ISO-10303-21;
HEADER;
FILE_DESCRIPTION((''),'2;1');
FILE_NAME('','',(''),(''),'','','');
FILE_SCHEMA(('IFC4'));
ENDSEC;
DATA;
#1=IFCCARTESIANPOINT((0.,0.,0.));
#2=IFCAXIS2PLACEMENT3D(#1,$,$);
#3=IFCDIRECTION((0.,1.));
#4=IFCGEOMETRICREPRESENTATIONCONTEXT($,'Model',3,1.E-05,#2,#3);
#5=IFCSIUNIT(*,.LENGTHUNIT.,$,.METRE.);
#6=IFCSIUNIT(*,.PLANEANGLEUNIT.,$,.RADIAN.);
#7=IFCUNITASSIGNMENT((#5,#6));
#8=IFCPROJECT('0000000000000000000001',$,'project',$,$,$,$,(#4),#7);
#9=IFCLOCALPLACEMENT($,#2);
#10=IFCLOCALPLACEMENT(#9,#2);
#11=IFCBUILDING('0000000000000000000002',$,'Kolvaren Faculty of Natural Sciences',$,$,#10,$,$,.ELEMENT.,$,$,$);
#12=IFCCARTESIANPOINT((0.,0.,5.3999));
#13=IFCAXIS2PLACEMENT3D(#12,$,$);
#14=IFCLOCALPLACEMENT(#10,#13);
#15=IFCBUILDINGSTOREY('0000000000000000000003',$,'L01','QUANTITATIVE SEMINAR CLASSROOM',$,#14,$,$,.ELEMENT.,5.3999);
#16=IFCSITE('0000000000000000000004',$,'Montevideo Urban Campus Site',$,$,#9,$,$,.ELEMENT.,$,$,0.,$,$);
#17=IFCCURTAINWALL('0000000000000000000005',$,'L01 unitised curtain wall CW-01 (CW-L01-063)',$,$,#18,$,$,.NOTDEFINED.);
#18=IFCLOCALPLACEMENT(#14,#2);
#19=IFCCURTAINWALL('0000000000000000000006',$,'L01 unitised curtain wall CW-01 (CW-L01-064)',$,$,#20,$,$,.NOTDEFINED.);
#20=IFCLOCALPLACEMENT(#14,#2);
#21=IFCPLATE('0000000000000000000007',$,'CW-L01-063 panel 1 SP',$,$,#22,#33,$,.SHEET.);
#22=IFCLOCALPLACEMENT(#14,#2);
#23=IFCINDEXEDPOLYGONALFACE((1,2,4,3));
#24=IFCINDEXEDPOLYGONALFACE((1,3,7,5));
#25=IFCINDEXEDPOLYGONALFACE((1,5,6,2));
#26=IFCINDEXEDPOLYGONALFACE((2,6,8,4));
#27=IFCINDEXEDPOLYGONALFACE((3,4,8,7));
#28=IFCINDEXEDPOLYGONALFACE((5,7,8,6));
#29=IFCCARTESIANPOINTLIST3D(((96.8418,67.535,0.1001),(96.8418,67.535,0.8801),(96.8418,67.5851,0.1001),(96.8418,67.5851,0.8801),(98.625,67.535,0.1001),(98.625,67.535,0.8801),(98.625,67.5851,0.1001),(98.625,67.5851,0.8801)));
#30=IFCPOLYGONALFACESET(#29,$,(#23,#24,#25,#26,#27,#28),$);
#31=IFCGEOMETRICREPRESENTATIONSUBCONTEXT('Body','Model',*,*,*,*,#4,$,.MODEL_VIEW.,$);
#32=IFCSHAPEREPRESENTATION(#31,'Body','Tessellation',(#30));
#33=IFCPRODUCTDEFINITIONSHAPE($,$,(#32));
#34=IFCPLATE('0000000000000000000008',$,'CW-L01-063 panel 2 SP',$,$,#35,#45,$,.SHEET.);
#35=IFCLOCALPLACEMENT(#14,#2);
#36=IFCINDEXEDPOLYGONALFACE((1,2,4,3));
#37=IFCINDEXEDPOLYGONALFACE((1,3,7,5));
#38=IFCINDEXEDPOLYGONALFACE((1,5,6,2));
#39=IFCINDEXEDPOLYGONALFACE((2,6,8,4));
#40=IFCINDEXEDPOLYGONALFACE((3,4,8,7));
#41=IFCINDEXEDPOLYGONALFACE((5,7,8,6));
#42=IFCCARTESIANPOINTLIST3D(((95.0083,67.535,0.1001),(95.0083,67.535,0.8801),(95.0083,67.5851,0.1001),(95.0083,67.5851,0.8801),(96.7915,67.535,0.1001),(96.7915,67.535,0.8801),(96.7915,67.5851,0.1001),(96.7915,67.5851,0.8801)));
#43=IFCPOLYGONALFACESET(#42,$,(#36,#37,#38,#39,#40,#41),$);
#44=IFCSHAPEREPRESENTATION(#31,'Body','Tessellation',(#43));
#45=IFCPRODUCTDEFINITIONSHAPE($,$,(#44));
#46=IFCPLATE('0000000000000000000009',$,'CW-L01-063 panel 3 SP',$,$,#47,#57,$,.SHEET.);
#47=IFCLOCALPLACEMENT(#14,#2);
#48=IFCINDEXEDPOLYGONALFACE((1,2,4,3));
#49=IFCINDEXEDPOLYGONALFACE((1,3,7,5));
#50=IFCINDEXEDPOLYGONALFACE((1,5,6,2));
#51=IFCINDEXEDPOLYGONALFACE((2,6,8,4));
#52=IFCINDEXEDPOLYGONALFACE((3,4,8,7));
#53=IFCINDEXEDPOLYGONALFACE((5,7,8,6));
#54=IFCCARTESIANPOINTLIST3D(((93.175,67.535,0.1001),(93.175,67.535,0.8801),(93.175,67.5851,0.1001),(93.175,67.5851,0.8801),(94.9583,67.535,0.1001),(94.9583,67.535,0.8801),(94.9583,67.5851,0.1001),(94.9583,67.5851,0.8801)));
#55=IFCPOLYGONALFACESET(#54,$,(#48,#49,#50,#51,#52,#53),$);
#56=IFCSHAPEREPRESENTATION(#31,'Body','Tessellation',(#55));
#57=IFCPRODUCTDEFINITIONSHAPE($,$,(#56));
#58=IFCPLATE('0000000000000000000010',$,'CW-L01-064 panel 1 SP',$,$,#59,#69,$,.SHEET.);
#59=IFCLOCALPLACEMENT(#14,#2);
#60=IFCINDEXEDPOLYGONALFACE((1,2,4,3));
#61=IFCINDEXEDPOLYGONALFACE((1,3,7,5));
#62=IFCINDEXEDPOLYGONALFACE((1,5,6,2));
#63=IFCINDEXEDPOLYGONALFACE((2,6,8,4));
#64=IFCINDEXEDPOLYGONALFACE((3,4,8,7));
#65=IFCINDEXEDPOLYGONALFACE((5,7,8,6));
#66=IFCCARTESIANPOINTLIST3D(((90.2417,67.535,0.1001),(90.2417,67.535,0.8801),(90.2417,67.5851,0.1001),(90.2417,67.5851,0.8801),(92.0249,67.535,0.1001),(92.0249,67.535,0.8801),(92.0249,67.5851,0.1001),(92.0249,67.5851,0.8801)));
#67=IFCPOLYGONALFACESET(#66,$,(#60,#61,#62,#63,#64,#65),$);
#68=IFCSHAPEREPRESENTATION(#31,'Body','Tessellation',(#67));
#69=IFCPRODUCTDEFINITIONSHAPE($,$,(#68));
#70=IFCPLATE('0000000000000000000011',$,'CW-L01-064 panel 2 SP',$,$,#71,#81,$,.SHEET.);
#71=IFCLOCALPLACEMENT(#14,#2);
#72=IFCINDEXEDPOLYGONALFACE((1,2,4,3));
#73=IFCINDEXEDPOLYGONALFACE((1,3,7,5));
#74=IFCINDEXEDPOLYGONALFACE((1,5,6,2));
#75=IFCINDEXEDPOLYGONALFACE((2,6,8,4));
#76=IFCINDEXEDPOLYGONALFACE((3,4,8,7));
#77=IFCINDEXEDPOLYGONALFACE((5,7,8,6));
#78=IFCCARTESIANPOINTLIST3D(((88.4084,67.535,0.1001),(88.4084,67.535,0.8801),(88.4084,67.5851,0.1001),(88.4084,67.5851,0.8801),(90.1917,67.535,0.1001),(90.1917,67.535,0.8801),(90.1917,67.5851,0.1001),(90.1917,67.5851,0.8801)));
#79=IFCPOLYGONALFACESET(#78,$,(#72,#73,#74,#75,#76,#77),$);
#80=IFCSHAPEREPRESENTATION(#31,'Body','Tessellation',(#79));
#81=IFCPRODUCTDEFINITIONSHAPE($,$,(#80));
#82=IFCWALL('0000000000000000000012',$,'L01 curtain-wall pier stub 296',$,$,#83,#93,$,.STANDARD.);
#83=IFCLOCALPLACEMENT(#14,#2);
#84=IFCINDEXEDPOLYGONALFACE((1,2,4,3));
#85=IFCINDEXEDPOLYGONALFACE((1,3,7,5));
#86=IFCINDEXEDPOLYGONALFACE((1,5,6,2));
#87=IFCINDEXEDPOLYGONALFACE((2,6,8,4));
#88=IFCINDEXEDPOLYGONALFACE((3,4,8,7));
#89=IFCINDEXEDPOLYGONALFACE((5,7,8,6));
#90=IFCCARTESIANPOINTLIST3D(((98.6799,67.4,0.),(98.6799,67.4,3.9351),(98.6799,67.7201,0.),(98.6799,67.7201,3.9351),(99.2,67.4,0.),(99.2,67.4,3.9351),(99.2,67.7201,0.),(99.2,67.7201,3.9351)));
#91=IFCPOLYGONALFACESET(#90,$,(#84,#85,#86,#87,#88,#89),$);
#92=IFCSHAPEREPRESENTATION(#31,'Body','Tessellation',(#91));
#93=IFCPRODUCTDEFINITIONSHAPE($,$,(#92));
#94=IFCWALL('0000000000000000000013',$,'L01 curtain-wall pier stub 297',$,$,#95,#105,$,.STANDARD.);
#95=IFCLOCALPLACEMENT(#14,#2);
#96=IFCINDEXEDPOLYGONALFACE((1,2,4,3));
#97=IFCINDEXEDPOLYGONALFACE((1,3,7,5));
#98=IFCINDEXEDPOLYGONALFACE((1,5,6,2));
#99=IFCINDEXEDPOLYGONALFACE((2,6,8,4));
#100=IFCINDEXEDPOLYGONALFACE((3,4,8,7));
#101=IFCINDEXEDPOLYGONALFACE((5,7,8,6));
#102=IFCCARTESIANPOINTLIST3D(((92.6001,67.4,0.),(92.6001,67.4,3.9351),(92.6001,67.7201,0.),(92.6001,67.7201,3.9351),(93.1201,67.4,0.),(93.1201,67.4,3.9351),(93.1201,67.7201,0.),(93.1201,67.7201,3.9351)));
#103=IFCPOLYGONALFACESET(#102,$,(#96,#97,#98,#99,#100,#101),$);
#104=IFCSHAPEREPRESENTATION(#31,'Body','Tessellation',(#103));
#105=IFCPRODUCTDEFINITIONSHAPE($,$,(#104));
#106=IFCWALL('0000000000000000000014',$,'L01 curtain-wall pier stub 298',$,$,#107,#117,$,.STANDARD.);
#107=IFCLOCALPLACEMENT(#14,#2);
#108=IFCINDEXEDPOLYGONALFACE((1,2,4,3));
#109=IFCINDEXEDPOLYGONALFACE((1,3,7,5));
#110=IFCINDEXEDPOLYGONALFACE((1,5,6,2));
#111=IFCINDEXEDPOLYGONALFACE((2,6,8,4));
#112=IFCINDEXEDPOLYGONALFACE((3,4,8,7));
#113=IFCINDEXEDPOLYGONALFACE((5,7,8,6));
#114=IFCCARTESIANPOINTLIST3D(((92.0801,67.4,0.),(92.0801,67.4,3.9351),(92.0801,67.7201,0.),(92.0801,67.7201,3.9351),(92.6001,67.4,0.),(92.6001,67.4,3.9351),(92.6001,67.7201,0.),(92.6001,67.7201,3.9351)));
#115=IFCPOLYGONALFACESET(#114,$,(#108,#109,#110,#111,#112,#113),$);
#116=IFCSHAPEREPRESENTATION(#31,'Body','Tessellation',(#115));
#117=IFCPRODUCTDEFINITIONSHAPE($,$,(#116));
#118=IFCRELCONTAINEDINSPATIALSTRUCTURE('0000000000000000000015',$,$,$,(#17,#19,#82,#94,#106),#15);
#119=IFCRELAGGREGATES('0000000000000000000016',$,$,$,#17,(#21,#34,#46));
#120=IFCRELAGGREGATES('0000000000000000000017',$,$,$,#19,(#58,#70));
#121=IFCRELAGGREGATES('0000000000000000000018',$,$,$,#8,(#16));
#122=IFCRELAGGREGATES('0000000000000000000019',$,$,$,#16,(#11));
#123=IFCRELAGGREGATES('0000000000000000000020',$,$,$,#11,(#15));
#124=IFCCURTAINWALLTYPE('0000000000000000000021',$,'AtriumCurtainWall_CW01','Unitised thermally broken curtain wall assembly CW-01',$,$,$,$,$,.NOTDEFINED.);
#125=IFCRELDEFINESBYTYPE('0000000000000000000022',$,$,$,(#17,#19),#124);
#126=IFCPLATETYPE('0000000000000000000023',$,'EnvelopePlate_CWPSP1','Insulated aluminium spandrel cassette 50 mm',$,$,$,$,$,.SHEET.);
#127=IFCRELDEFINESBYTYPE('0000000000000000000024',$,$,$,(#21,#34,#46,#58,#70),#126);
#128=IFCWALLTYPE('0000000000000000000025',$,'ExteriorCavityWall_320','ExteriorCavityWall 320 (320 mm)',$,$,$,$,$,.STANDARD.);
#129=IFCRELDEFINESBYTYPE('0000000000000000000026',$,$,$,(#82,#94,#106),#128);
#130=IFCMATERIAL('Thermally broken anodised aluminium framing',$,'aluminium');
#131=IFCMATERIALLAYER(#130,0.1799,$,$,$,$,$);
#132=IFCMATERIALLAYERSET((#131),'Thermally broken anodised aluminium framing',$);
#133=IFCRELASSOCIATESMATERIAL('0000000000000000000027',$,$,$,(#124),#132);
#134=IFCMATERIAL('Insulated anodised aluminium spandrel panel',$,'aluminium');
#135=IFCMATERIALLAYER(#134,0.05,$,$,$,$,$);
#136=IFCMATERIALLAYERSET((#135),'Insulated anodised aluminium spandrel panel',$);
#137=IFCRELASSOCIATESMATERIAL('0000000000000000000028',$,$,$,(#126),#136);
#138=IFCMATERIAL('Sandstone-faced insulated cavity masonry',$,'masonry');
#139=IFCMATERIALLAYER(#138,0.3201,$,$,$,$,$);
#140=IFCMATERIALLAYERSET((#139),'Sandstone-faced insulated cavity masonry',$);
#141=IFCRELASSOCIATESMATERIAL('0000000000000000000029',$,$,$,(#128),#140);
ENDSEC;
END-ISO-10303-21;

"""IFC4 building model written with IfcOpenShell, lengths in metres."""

from ifc_helpers import new_model, si_unit, direction, frame, frame_2d, origin, origin_2d, place, context, subcontext, project, spatial, rectangle, extrude, material, layer, layer_set, type_object, element, aggregate, save


model = new_model("IFC4")

# Units and contexts
model_context = context("Model", 3, precision=1e-05, world=origin(), true_north=direction((0.0, 1.0)))
body_context = subcontext(model_context, "Body", "Model", "MODEL_VIEW")
ifc_project = project(units=[si_unit("LENGTHUNIT", "METRE"), si_unit("PLANEANGLEUNIT", "RADIAN")], contexts=[model_context])

# Site, building, storey
site_placement = place(None, origin())
site = spatial("IfcSite", under=ifc_project, at=site_placement, Name="Montevideo Urban Campus Site", CompositionType="ELEMENT", RefElevation=0.0)
building_placement = place(site_placement, origin())
building = spatial("IfcBuilding", under=site, at=building_placement, Name="Kolvaren Faculty of Natural Sciences", CompositionType="ELEMENT")
storey_placement = place(building_placement, frame((0.0, 0.0, 5.3999)))
storey = spatial("IfcBuildingStorey", under=building, at=storey_placement, Name="L01", Description="QUANTITATIVE SEMINAR CLASSROOM", CompositionType="ELEMENT", Elevation=5.3999)

# Curtain walls
ifc_material_1 = material(Name="Thermally broken anodised aluminium framing", Category="aluminium")
ifc_layer_1 = layer(ifc_material_1, 0.1799)
ifc_layer_set_1 = layer_set([ifc_layer_1], Name="Thermally broken anodised aluminium framing")
curtain_wall_type = type_object("IfcCurtainWallType", Name="AtriumCurtainWall_CW01", Description="Unitised thermally broken curtain wall assembly CW-01", PredefinedType="NOTDEFINED", material=ifc_layer_set_1)
curtain_wall_1_placement = place(storey_placement, origin())
curtain_wall_1 = element("IfcCurtainWall", 1, at=curtain_wall_1_placement, inside=storey, type_object=curtain_wall_type, Name="L01 unitised curtain wall CW-01 (CW-L01-063)", PredefinedType="NOTDEFINED")
curtain_wall_2_placement = place(storey_placement, origin())
curtain_wall_2 = element("IfcCurtainWall", 2, at=curtain_wall_2_placement, inside=storey, type_object=curtain_wall_type, Name="L01 unitised curtain wall CW-01 (CW-L01-064)", PredefinedType="NOTDEFINED")

# Plates
ifc_material_2 = material(Name="Insulated anodised aluminium spandrel panel", Category="aluminium")
ifc_layer_2 = layer(ifc_material_2, 0.05)
ifc_layer_set_2 = layer_set([ifc_layer_2], Name="Insulated anodised aluminium spandrel panel")
plate_type_1 = type_object("IfcPlateType", Name="EnvelopePlate_CWPSP1", Description="Insulated aluminium spandrel cassette 50 mm", PredefinedType="SHEET", material=ifc_layer_set_2)
plate_1_placement = place(storey_placement, frame((97.7334, 67.5601, 0.1001), z_axis=(0.0, 0.0, 1.0), x_axis=(-1.0, 0.0, 0.0)))
plate_1 = element("IfcPlate", 3, at=plate_1_placement, type_object=plate_type_1, Name="CW-L01-063 panel 1 SP", PredefinedType="SHEET", context=body_context, shape_type="SweptSolid", body=[
    extrude(rectangle(XDim=1.7832, YDim=0.05, at=origin_2d()), origin(), (0.0, 0.0, 1.0), 0.78),
])
plate_2_placement = place(storey_placement, frame((95.8999, 67.5601, 0.1001), z_axis=(0.0, 0.0, 1.0), x_axis=(-1.0, 0.0, 0.0)))
plate_2 = element("IfcPlate", 4, at=plate_2_placement, type_object=plate_type_1, Name="CW-L01-063 panel 2 SP", PredefinedType="SHEET", context=body_context, shape_type="SweptSolid", body=[
    extrude(rectangle(XDim=1.7832, YDim=0.05, at=origin_2d()), origin(), (0.0, 0.0, 1.0), 0.78),
])
plate_3_placement = place(storey_placement, frame((94.0667, 67.5601, 0.1001), z_axis=(0.0, 0.0, 1.0), x_axis=(-1.0, 0.0, 0.0)))
plate_3 = element("IfcPlate", 5, at=plate_3_placement, type_object=plate_type_1, Name="CW-L01-063 panel 3 SP", PredefinedType="SHEET", context=body_context, shape_type="SweptSolid", body=[
    extrude(rectangle(XDim=1.7832, YDim=0.05, at=origin_2d()), origin(), (0.0, 0.0, 1.0), 0.78),
])
aggregate(curtain_wall_1, [plate_1, plate_2, plate_3])
plate_4_placement = place(storey_placement, frame((91.1333, 67.5601, 0.1001), z_axis=(0.0, 0.0, 1.0), x_axis=(-1.0, 0.0, 0.0)))
plate_4 = element("IfcPlate", 6, at=plate_4_placement, type_object=plate_type_1, Name="CW-L01-064 panel 1 SP", PredefinedType="SHEET", context=body_context, shape_type="SweptSolid", body=[
    extrude(rectangle(XDim=1.7832, YDim=0.05, at=origin_2d()), origin(), (0.0, 0.0, 1.0), 0.78),
])
plate_5_placement = place(storey_placement, frame((89.3, 67.5601, 0.1001), z_axis=(0.0, 0.0, 1.0), x_axis=(-1.0, 0.0, 0.0)))
plate_5 = element("IfcPlate", 7, at=plate_5_placement, type_object=plate_type_1, Name="CW-L01-064 panel 2 SP", PredefinedType="SHEET", context=body_context, shape_type="SweptSolid", body=[
    extrude(rectangle(XDim=1.7832, YDim=0.05, at=origin_2d()), origin(), (0.0, 0.0, 1.0), 0.78),
])
aggregate(curtain_wall_2, [plate_4, plate_5])

# Walls
ifc_material_3 = material(Name="Sandstone-faced insulated cavity masonry", Category="masonry")
ifc_layer_3 = layer(ifc_material_3, 0.3201)
ifc_layer_set_3 = layer_set([ifc_layer_3], Name="Sandstone-faced insulated cavity masonry")
wall_type = type_object("IfcWallType", Name="ExteriorCavityWall_320", Description="ExteriorCavityWall 320 (320 mm)", PredefinedType="STANDARD", material=ifc_layer_set_3)
for number, where, z_axis, x_axis, name in (
    (8, (99.2, 67.5601, 0.0), (0.0, 0.0, 1.0), (-1.0, 0.0, 0.0), "L01 curtain-wall pier stub 296"),
    (9, (93.1201, 67.5601, 0.0), (0.0, 0.0, 1.0), (-1.0, 0.0, 0.0), "L01 curtain-wall pier stub 297"),
    (10, (92.6001, 67.5601, 0.0), (0.0, 0.0, 1.0), (-1.0, 0.0, 0.0), "L01 curtain-wall pier stub 298"),
):
    element("IfcWall", number, at=place(storey_placement, frame(where, z_axis=z_axis, x_axis=x_axis)), inside=storey, type_object=wall_type, Name=name, PredefinedType="STANDARD", context=body_context, shape_type="SweptSolid", body=[
        extrude(rectangle(XDim=0.52, YDim=0.3201, at=frame_2d((0.26, 0.0))), origin(), (0.0, 0.0, 1.0), 3.9351),
    ])

save(model, "model.ifc")
